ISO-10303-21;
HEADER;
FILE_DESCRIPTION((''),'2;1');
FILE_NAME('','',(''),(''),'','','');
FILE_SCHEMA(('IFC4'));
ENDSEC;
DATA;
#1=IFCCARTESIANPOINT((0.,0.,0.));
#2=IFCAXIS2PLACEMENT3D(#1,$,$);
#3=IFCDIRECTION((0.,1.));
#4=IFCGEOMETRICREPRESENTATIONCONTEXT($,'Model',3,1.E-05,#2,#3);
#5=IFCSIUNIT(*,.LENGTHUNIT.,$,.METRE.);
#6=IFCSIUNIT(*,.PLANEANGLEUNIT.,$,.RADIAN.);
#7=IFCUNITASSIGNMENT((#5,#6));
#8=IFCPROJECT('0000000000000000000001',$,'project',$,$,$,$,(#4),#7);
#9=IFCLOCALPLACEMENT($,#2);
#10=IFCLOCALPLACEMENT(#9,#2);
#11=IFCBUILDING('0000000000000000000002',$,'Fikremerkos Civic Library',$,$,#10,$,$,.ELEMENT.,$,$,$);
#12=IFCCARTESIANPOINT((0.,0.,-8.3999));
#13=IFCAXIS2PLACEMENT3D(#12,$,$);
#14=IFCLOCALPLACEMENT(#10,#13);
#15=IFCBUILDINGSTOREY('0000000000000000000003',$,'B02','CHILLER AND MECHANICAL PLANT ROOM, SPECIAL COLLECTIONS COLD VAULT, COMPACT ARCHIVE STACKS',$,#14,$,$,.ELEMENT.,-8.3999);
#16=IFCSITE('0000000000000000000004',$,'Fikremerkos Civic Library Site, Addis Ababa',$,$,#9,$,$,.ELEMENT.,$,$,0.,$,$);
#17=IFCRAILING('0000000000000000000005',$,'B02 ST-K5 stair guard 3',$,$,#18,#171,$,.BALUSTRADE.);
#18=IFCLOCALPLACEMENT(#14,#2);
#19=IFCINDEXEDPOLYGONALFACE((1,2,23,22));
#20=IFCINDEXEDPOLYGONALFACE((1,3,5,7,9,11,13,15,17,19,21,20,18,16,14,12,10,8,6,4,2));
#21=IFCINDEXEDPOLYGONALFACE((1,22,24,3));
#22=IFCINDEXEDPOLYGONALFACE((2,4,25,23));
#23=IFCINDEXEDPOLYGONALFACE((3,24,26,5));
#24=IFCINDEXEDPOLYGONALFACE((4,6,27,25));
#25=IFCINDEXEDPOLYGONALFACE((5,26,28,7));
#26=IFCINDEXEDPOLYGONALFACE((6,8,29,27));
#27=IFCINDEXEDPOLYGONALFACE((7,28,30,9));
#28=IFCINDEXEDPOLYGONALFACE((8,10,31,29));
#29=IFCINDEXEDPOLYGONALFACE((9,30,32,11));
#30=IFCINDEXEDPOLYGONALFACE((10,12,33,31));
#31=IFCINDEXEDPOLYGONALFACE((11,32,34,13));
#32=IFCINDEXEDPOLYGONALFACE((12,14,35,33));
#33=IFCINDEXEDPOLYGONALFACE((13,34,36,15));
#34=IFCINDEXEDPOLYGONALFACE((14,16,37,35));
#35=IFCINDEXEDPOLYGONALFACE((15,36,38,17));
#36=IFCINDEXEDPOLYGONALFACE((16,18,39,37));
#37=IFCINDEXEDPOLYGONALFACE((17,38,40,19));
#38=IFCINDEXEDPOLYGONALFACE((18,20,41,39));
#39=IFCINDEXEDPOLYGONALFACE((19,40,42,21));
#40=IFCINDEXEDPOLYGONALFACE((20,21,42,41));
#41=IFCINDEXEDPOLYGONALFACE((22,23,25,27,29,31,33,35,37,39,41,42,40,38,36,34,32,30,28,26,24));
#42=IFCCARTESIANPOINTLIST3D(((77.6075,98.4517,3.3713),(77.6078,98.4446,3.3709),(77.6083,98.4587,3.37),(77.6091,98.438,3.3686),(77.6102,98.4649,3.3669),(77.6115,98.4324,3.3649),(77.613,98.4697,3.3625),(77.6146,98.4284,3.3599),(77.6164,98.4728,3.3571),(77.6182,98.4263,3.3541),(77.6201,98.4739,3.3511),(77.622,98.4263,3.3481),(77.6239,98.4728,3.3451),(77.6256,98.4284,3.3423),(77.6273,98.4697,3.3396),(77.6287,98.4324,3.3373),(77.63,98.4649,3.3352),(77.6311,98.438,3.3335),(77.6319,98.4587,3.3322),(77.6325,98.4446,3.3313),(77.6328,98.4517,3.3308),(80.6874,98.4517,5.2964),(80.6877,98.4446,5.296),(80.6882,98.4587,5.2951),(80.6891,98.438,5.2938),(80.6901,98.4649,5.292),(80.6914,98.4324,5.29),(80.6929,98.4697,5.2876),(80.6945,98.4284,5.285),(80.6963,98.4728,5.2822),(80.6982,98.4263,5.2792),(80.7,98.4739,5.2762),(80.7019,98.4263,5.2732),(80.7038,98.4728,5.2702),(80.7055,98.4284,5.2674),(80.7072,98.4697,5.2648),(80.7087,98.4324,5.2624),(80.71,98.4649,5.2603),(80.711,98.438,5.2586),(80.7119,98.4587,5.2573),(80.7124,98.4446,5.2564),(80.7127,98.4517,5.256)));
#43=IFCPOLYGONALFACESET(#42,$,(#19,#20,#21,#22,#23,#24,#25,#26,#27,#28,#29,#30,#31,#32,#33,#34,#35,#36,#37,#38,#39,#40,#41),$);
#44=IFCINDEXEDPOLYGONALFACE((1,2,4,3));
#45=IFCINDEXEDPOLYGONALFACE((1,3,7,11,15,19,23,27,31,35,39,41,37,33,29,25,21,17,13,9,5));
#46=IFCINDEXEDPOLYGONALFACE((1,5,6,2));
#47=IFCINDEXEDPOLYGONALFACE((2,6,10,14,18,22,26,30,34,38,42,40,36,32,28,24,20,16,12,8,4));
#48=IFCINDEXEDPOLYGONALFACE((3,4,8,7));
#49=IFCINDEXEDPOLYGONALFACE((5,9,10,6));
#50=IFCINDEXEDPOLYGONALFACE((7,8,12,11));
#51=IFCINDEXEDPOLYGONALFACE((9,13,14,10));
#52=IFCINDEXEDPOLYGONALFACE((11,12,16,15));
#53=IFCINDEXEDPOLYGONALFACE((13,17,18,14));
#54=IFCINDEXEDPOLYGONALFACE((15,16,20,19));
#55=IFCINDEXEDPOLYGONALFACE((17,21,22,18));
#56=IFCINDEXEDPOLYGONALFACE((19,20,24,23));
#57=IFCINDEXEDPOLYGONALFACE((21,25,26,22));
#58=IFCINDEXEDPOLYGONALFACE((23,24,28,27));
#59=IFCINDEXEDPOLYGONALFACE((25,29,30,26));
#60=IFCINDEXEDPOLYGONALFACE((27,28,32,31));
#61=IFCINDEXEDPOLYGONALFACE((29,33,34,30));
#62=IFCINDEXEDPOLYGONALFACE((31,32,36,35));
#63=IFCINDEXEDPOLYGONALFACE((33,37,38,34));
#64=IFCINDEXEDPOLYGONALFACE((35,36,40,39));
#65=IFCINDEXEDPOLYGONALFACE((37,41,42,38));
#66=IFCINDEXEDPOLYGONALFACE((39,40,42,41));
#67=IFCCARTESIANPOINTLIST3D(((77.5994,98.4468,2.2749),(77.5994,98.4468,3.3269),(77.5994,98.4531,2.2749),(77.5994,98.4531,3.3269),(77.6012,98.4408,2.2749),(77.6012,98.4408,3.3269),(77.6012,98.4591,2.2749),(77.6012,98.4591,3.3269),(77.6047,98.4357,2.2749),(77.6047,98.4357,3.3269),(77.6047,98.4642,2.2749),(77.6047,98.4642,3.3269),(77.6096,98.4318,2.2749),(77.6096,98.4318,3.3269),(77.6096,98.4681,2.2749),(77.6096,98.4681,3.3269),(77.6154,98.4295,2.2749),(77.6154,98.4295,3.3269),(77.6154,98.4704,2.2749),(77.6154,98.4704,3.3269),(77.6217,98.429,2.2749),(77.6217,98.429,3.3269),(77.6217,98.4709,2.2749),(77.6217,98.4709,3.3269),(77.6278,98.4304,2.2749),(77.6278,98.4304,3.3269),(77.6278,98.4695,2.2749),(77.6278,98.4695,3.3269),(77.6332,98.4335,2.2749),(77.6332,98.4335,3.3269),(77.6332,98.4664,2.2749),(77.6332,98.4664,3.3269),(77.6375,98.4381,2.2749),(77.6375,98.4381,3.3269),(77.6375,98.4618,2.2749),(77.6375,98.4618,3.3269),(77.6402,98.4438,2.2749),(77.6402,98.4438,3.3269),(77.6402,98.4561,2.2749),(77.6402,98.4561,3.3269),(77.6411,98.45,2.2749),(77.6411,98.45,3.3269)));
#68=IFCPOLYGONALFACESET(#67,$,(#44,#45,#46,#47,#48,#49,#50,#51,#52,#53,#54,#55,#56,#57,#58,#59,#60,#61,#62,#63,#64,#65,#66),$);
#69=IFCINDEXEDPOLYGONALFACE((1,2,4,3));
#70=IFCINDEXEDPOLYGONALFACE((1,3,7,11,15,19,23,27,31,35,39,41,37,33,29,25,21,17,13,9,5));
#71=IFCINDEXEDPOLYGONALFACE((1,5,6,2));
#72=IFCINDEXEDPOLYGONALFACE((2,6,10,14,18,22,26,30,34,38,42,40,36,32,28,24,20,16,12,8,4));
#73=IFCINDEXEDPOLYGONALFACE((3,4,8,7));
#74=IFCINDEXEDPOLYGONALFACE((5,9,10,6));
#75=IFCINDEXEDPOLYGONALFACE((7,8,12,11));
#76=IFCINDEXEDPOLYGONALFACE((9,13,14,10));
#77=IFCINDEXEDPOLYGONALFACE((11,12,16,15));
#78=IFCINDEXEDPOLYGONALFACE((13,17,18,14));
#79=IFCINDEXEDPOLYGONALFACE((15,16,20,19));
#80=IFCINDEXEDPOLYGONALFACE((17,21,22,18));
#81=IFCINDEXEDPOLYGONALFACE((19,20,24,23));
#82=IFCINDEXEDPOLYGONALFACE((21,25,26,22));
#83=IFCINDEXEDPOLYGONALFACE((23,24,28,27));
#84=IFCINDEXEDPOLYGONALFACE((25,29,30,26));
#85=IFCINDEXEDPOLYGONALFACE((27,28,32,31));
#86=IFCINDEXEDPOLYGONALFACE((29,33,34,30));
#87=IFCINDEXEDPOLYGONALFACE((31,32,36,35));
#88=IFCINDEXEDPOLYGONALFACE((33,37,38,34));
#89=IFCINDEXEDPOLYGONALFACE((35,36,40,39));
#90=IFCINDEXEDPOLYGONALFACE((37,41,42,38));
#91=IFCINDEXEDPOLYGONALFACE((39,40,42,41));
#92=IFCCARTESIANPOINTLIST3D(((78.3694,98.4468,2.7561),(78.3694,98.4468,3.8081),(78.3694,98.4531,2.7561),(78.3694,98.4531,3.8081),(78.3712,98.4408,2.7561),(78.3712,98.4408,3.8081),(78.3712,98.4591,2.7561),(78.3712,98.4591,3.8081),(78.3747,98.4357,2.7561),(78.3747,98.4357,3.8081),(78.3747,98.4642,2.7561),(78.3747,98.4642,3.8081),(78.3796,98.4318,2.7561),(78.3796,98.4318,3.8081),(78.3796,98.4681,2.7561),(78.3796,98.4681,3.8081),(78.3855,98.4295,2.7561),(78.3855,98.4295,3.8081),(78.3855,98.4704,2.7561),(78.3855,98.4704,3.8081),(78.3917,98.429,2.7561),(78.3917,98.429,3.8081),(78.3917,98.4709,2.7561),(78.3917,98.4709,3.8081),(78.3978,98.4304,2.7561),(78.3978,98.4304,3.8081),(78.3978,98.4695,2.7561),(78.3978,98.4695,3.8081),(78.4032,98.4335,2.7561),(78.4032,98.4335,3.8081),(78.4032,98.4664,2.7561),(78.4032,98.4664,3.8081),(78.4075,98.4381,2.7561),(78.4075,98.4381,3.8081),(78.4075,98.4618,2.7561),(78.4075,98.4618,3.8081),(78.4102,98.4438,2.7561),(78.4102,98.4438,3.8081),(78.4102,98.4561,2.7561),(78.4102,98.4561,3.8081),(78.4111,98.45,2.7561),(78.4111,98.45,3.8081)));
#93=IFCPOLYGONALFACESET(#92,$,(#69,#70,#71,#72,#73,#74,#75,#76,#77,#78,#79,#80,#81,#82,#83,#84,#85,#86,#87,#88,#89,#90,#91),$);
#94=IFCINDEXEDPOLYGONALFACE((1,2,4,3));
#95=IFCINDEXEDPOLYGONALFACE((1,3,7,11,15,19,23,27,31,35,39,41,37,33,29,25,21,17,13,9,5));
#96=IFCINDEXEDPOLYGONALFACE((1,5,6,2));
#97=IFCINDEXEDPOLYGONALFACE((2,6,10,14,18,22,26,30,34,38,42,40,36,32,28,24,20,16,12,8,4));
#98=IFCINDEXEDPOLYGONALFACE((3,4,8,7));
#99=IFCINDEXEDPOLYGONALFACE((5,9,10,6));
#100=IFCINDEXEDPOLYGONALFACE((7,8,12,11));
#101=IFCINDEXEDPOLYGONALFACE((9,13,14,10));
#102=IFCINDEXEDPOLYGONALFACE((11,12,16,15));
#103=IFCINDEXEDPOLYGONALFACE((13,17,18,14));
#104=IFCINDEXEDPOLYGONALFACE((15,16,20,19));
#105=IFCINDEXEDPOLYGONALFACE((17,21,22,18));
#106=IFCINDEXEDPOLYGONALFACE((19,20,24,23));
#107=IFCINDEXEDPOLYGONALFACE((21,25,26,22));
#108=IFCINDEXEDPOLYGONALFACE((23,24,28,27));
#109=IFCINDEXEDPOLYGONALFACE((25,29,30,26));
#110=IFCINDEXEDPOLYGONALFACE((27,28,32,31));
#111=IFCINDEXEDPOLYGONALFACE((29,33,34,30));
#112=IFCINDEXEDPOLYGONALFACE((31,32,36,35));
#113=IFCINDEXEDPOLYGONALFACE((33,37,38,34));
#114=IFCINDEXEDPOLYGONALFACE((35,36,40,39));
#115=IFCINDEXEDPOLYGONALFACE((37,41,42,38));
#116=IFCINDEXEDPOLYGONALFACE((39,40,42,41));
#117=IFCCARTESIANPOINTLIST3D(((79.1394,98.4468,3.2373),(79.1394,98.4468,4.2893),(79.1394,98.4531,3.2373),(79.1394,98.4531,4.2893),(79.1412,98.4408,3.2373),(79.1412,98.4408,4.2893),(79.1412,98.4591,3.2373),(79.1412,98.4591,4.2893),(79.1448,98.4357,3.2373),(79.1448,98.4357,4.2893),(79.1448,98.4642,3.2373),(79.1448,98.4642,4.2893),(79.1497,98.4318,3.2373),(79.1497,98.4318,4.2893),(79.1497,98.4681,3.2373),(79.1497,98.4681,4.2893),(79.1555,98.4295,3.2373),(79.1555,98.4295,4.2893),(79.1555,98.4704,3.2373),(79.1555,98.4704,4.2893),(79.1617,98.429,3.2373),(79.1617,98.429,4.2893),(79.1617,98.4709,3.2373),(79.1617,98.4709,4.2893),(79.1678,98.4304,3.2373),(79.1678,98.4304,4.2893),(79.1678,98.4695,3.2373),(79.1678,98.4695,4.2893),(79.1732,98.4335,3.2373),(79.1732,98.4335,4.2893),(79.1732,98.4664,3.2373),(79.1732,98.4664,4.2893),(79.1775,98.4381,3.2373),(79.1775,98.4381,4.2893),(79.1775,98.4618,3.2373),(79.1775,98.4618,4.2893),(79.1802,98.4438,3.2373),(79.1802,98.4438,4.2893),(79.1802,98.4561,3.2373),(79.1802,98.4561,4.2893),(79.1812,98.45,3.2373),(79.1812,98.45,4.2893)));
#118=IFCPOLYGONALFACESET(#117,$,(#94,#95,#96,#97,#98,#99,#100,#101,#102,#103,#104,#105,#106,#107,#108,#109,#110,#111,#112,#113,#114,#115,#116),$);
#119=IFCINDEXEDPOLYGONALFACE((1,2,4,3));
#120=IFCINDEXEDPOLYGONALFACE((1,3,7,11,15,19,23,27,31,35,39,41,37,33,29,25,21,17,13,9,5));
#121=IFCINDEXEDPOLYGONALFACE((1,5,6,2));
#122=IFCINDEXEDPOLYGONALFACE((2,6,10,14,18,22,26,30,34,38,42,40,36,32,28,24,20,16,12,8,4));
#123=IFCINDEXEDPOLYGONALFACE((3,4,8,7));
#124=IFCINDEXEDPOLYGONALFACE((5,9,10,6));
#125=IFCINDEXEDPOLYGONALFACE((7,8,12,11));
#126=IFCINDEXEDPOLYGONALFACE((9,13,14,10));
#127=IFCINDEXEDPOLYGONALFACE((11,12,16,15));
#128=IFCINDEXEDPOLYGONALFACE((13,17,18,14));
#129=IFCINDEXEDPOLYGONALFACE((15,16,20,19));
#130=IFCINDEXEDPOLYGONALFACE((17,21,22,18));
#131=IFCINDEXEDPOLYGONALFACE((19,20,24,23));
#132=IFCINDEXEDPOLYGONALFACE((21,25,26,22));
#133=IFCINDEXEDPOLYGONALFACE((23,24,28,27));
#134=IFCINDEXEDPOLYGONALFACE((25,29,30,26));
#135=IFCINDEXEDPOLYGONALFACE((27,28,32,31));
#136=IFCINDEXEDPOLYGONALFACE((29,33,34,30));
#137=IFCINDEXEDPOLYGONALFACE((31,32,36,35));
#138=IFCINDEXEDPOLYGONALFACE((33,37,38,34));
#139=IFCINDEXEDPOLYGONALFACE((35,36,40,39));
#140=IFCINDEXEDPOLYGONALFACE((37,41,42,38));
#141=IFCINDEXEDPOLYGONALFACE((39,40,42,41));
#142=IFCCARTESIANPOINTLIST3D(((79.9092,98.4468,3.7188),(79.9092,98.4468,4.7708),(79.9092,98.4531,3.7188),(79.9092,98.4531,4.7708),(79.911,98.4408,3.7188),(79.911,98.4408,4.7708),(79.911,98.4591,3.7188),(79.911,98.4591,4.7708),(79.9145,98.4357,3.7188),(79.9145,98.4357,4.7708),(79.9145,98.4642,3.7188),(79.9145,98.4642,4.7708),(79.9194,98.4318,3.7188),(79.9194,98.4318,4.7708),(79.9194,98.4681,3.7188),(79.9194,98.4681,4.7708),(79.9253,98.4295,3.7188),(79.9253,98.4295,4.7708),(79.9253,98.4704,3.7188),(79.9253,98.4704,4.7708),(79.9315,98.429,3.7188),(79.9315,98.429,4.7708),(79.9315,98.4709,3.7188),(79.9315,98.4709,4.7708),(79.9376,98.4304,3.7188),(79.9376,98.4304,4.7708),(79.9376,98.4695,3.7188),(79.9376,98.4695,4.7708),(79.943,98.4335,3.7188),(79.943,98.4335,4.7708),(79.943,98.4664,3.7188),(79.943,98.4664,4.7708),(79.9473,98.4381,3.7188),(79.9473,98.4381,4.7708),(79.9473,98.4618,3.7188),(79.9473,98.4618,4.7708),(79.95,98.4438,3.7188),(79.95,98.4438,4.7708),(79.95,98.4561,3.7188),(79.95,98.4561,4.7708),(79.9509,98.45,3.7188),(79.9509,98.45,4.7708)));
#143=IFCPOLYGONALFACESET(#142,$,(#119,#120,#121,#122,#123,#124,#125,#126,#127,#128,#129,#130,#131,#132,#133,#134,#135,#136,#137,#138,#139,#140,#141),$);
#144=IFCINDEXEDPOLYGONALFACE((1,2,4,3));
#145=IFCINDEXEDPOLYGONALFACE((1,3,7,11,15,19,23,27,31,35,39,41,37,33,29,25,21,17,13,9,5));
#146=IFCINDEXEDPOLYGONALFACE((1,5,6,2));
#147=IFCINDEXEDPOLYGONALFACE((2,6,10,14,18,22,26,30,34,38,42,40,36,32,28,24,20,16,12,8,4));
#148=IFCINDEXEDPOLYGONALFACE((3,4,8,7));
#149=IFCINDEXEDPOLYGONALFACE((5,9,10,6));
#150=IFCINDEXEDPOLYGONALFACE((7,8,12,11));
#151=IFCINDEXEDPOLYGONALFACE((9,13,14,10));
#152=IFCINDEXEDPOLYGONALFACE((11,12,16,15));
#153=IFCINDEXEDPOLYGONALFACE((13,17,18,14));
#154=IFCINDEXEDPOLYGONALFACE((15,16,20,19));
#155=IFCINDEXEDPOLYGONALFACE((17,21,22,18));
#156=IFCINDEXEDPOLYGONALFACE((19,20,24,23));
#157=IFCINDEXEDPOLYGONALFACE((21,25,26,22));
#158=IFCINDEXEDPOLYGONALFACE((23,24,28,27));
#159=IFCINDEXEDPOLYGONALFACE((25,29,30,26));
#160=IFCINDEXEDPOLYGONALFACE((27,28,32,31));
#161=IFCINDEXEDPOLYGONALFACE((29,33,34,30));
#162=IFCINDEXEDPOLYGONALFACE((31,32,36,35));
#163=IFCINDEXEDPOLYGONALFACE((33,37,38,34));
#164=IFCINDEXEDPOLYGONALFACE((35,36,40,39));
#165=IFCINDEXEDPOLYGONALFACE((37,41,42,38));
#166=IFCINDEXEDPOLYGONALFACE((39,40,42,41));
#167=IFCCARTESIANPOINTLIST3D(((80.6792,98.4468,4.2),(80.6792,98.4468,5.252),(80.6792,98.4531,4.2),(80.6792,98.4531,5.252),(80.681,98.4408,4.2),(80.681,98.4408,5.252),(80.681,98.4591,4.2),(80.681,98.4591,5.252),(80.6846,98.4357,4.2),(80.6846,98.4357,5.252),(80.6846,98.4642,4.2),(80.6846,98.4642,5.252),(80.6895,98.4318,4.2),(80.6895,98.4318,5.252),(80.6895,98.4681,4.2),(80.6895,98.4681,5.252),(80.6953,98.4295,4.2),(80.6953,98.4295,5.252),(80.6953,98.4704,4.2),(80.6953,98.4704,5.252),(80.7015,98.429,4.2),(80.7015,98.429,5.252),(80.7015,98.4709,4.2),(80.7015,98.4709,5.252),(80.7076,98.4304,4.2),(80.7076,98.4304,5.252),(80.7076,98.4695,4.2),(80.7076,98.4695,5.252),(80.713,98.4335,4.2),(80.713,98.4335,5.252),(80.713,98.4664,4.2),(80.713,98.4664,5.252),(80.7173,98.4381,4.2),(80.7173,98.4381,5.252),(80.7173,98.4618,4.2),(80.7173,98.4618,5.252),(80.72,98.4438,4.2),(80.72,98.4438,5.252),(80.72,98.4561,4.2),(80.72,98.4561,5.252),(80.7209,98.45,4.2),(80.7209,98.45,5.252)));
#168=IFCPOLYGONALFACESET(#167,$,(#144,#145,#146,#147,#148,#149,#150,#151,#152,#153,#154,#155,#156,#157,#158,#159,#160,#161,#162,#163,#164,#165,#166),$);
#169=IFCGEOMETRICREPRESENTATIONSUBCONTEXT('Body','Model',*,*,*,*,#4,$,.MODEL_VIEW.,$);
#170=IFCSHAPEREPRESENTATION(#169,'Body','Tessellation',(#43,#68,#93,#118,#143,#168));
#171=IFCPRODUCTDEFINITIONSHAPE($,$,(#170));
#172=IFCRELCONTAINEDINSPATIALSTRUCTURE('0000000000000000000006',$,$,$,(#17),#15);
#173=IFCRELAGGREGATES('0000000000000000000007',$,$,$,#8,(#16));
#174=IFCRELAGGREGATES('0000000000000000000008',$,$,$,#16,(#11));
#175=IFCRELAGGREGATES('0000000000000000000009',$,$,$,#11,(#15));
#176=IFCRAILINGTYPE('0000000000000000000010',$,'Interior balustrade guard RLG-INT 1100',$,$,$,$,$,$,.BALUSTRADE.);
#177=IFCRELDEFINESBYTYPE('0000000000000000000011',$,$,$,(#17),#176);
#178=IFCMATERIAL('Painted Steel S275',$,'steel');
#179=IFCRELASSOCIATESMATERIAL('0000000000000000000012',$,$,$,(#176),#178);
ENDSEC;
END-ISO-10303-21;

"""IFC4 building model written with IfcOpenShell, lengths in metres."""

from ifc_helpers import new_model, si_unit, direction, frame, origin, origin_2d, place, context, subcontext, project, spatial, circle, extrude, material, type_object, element, save


model = new_model("IFC4")

# Units and contexts
model_context = context("Model", 3, precision=1e-05, world=origin(), true_north=direction((0.0, 1.0)))
body_context = subcontext(model_context, "Body", "Model", "MODEL_VIEW")
ifc_project = project(units=[si_unit("LENGTHUNIT", "METRE"), si_unit("PLANEANGLEUNIT", "RADIAN")], contexts=[model_context])

# Site, building, storey
site_placement = place(None, origin())
site = spatial("IfcSite", under=ifc_project, at=site_placement, Name="Fikremerkos Civic Library Site, Addis Ababa", CompositionType="ELEMENT", RefElevation=0.0)
building_placement = place(site_placement, origin())
building = spatial("IfcBuilding", under=site, at=building_placement, Name="Fikremerkos Civic Library", CompositionType="ELEMENT")
storey_placement = place(building_placement, frame((0.0, 0.0, -8.3999)))
storey = spatial("IfcBuildingStorey", under=building, at=storey_placement, Name="B02", Description="CHILLER AND MECHANICAL PLANT ROOM, SPECIAL COLLECTIONS COLD VAULT, COMPACT ARCHIVE STACKS", CompositionType="ELEMENT", Elevation=-8.3999)

# Railing
ifc_material_1 = material(Name="Painted Steel S275", Category="steel")
railing_type_1 = type_object("IfcRailingType", Name="Interior balustrade guard RLG-INT 1100", PredefinedType="BALUSTRADE", material=ifc_material_1)
railing_1_placement = place(storey_placement, frame((77.6201, 98.45, 2.2749)))
element("IfcRailing", 1, at=railing_1_placement, inside=storey, type_object=railing_type_1, Name="B02 ST-K5 stair guard 3", PredefinedType="BALUSTRADE", context=body_context, shape_type="SweptSolid", body=[
    extrude(circle(Radius=0.0239, at=origin_2d()), frame((0.0, 0.0, 1.0762), z_axis=(0.847979, 0.0, 0.530029), x_axis=(0.0, 1.0, 0.0)), (0.0, 0.0, 1.0), 3.6321),
    extrude(circle(Radius=0.021, at=origin_2d()), origin(), (0.0, 0.0, 1.0), 1.052),
    extrude(circle(Radius=0.021, at=origin_2d()), frame((0.77, 0.0, 0.4812)), (0.0, 0.0, 1.0), 1.052),
    extrude(circle(Radius=0.021, at=origin_2d()), frame((1.54, 0.0, 0.9624)), (0.0, 0.0, 1.0), 1.052),
    extrude(circle(Radius=0.021, at=origin_2d()), frame((2.3098, 0.0, 1.4438)), (0.0, 0.0, 1.0), 1.052),
    extrude(circle(Radius=0.021, at=origin_2d()), frame((3.0798, 0.0, 1.925)), (0.0, 0.0, 1.0), 1.052),
])

save(model, "model.ifc")
